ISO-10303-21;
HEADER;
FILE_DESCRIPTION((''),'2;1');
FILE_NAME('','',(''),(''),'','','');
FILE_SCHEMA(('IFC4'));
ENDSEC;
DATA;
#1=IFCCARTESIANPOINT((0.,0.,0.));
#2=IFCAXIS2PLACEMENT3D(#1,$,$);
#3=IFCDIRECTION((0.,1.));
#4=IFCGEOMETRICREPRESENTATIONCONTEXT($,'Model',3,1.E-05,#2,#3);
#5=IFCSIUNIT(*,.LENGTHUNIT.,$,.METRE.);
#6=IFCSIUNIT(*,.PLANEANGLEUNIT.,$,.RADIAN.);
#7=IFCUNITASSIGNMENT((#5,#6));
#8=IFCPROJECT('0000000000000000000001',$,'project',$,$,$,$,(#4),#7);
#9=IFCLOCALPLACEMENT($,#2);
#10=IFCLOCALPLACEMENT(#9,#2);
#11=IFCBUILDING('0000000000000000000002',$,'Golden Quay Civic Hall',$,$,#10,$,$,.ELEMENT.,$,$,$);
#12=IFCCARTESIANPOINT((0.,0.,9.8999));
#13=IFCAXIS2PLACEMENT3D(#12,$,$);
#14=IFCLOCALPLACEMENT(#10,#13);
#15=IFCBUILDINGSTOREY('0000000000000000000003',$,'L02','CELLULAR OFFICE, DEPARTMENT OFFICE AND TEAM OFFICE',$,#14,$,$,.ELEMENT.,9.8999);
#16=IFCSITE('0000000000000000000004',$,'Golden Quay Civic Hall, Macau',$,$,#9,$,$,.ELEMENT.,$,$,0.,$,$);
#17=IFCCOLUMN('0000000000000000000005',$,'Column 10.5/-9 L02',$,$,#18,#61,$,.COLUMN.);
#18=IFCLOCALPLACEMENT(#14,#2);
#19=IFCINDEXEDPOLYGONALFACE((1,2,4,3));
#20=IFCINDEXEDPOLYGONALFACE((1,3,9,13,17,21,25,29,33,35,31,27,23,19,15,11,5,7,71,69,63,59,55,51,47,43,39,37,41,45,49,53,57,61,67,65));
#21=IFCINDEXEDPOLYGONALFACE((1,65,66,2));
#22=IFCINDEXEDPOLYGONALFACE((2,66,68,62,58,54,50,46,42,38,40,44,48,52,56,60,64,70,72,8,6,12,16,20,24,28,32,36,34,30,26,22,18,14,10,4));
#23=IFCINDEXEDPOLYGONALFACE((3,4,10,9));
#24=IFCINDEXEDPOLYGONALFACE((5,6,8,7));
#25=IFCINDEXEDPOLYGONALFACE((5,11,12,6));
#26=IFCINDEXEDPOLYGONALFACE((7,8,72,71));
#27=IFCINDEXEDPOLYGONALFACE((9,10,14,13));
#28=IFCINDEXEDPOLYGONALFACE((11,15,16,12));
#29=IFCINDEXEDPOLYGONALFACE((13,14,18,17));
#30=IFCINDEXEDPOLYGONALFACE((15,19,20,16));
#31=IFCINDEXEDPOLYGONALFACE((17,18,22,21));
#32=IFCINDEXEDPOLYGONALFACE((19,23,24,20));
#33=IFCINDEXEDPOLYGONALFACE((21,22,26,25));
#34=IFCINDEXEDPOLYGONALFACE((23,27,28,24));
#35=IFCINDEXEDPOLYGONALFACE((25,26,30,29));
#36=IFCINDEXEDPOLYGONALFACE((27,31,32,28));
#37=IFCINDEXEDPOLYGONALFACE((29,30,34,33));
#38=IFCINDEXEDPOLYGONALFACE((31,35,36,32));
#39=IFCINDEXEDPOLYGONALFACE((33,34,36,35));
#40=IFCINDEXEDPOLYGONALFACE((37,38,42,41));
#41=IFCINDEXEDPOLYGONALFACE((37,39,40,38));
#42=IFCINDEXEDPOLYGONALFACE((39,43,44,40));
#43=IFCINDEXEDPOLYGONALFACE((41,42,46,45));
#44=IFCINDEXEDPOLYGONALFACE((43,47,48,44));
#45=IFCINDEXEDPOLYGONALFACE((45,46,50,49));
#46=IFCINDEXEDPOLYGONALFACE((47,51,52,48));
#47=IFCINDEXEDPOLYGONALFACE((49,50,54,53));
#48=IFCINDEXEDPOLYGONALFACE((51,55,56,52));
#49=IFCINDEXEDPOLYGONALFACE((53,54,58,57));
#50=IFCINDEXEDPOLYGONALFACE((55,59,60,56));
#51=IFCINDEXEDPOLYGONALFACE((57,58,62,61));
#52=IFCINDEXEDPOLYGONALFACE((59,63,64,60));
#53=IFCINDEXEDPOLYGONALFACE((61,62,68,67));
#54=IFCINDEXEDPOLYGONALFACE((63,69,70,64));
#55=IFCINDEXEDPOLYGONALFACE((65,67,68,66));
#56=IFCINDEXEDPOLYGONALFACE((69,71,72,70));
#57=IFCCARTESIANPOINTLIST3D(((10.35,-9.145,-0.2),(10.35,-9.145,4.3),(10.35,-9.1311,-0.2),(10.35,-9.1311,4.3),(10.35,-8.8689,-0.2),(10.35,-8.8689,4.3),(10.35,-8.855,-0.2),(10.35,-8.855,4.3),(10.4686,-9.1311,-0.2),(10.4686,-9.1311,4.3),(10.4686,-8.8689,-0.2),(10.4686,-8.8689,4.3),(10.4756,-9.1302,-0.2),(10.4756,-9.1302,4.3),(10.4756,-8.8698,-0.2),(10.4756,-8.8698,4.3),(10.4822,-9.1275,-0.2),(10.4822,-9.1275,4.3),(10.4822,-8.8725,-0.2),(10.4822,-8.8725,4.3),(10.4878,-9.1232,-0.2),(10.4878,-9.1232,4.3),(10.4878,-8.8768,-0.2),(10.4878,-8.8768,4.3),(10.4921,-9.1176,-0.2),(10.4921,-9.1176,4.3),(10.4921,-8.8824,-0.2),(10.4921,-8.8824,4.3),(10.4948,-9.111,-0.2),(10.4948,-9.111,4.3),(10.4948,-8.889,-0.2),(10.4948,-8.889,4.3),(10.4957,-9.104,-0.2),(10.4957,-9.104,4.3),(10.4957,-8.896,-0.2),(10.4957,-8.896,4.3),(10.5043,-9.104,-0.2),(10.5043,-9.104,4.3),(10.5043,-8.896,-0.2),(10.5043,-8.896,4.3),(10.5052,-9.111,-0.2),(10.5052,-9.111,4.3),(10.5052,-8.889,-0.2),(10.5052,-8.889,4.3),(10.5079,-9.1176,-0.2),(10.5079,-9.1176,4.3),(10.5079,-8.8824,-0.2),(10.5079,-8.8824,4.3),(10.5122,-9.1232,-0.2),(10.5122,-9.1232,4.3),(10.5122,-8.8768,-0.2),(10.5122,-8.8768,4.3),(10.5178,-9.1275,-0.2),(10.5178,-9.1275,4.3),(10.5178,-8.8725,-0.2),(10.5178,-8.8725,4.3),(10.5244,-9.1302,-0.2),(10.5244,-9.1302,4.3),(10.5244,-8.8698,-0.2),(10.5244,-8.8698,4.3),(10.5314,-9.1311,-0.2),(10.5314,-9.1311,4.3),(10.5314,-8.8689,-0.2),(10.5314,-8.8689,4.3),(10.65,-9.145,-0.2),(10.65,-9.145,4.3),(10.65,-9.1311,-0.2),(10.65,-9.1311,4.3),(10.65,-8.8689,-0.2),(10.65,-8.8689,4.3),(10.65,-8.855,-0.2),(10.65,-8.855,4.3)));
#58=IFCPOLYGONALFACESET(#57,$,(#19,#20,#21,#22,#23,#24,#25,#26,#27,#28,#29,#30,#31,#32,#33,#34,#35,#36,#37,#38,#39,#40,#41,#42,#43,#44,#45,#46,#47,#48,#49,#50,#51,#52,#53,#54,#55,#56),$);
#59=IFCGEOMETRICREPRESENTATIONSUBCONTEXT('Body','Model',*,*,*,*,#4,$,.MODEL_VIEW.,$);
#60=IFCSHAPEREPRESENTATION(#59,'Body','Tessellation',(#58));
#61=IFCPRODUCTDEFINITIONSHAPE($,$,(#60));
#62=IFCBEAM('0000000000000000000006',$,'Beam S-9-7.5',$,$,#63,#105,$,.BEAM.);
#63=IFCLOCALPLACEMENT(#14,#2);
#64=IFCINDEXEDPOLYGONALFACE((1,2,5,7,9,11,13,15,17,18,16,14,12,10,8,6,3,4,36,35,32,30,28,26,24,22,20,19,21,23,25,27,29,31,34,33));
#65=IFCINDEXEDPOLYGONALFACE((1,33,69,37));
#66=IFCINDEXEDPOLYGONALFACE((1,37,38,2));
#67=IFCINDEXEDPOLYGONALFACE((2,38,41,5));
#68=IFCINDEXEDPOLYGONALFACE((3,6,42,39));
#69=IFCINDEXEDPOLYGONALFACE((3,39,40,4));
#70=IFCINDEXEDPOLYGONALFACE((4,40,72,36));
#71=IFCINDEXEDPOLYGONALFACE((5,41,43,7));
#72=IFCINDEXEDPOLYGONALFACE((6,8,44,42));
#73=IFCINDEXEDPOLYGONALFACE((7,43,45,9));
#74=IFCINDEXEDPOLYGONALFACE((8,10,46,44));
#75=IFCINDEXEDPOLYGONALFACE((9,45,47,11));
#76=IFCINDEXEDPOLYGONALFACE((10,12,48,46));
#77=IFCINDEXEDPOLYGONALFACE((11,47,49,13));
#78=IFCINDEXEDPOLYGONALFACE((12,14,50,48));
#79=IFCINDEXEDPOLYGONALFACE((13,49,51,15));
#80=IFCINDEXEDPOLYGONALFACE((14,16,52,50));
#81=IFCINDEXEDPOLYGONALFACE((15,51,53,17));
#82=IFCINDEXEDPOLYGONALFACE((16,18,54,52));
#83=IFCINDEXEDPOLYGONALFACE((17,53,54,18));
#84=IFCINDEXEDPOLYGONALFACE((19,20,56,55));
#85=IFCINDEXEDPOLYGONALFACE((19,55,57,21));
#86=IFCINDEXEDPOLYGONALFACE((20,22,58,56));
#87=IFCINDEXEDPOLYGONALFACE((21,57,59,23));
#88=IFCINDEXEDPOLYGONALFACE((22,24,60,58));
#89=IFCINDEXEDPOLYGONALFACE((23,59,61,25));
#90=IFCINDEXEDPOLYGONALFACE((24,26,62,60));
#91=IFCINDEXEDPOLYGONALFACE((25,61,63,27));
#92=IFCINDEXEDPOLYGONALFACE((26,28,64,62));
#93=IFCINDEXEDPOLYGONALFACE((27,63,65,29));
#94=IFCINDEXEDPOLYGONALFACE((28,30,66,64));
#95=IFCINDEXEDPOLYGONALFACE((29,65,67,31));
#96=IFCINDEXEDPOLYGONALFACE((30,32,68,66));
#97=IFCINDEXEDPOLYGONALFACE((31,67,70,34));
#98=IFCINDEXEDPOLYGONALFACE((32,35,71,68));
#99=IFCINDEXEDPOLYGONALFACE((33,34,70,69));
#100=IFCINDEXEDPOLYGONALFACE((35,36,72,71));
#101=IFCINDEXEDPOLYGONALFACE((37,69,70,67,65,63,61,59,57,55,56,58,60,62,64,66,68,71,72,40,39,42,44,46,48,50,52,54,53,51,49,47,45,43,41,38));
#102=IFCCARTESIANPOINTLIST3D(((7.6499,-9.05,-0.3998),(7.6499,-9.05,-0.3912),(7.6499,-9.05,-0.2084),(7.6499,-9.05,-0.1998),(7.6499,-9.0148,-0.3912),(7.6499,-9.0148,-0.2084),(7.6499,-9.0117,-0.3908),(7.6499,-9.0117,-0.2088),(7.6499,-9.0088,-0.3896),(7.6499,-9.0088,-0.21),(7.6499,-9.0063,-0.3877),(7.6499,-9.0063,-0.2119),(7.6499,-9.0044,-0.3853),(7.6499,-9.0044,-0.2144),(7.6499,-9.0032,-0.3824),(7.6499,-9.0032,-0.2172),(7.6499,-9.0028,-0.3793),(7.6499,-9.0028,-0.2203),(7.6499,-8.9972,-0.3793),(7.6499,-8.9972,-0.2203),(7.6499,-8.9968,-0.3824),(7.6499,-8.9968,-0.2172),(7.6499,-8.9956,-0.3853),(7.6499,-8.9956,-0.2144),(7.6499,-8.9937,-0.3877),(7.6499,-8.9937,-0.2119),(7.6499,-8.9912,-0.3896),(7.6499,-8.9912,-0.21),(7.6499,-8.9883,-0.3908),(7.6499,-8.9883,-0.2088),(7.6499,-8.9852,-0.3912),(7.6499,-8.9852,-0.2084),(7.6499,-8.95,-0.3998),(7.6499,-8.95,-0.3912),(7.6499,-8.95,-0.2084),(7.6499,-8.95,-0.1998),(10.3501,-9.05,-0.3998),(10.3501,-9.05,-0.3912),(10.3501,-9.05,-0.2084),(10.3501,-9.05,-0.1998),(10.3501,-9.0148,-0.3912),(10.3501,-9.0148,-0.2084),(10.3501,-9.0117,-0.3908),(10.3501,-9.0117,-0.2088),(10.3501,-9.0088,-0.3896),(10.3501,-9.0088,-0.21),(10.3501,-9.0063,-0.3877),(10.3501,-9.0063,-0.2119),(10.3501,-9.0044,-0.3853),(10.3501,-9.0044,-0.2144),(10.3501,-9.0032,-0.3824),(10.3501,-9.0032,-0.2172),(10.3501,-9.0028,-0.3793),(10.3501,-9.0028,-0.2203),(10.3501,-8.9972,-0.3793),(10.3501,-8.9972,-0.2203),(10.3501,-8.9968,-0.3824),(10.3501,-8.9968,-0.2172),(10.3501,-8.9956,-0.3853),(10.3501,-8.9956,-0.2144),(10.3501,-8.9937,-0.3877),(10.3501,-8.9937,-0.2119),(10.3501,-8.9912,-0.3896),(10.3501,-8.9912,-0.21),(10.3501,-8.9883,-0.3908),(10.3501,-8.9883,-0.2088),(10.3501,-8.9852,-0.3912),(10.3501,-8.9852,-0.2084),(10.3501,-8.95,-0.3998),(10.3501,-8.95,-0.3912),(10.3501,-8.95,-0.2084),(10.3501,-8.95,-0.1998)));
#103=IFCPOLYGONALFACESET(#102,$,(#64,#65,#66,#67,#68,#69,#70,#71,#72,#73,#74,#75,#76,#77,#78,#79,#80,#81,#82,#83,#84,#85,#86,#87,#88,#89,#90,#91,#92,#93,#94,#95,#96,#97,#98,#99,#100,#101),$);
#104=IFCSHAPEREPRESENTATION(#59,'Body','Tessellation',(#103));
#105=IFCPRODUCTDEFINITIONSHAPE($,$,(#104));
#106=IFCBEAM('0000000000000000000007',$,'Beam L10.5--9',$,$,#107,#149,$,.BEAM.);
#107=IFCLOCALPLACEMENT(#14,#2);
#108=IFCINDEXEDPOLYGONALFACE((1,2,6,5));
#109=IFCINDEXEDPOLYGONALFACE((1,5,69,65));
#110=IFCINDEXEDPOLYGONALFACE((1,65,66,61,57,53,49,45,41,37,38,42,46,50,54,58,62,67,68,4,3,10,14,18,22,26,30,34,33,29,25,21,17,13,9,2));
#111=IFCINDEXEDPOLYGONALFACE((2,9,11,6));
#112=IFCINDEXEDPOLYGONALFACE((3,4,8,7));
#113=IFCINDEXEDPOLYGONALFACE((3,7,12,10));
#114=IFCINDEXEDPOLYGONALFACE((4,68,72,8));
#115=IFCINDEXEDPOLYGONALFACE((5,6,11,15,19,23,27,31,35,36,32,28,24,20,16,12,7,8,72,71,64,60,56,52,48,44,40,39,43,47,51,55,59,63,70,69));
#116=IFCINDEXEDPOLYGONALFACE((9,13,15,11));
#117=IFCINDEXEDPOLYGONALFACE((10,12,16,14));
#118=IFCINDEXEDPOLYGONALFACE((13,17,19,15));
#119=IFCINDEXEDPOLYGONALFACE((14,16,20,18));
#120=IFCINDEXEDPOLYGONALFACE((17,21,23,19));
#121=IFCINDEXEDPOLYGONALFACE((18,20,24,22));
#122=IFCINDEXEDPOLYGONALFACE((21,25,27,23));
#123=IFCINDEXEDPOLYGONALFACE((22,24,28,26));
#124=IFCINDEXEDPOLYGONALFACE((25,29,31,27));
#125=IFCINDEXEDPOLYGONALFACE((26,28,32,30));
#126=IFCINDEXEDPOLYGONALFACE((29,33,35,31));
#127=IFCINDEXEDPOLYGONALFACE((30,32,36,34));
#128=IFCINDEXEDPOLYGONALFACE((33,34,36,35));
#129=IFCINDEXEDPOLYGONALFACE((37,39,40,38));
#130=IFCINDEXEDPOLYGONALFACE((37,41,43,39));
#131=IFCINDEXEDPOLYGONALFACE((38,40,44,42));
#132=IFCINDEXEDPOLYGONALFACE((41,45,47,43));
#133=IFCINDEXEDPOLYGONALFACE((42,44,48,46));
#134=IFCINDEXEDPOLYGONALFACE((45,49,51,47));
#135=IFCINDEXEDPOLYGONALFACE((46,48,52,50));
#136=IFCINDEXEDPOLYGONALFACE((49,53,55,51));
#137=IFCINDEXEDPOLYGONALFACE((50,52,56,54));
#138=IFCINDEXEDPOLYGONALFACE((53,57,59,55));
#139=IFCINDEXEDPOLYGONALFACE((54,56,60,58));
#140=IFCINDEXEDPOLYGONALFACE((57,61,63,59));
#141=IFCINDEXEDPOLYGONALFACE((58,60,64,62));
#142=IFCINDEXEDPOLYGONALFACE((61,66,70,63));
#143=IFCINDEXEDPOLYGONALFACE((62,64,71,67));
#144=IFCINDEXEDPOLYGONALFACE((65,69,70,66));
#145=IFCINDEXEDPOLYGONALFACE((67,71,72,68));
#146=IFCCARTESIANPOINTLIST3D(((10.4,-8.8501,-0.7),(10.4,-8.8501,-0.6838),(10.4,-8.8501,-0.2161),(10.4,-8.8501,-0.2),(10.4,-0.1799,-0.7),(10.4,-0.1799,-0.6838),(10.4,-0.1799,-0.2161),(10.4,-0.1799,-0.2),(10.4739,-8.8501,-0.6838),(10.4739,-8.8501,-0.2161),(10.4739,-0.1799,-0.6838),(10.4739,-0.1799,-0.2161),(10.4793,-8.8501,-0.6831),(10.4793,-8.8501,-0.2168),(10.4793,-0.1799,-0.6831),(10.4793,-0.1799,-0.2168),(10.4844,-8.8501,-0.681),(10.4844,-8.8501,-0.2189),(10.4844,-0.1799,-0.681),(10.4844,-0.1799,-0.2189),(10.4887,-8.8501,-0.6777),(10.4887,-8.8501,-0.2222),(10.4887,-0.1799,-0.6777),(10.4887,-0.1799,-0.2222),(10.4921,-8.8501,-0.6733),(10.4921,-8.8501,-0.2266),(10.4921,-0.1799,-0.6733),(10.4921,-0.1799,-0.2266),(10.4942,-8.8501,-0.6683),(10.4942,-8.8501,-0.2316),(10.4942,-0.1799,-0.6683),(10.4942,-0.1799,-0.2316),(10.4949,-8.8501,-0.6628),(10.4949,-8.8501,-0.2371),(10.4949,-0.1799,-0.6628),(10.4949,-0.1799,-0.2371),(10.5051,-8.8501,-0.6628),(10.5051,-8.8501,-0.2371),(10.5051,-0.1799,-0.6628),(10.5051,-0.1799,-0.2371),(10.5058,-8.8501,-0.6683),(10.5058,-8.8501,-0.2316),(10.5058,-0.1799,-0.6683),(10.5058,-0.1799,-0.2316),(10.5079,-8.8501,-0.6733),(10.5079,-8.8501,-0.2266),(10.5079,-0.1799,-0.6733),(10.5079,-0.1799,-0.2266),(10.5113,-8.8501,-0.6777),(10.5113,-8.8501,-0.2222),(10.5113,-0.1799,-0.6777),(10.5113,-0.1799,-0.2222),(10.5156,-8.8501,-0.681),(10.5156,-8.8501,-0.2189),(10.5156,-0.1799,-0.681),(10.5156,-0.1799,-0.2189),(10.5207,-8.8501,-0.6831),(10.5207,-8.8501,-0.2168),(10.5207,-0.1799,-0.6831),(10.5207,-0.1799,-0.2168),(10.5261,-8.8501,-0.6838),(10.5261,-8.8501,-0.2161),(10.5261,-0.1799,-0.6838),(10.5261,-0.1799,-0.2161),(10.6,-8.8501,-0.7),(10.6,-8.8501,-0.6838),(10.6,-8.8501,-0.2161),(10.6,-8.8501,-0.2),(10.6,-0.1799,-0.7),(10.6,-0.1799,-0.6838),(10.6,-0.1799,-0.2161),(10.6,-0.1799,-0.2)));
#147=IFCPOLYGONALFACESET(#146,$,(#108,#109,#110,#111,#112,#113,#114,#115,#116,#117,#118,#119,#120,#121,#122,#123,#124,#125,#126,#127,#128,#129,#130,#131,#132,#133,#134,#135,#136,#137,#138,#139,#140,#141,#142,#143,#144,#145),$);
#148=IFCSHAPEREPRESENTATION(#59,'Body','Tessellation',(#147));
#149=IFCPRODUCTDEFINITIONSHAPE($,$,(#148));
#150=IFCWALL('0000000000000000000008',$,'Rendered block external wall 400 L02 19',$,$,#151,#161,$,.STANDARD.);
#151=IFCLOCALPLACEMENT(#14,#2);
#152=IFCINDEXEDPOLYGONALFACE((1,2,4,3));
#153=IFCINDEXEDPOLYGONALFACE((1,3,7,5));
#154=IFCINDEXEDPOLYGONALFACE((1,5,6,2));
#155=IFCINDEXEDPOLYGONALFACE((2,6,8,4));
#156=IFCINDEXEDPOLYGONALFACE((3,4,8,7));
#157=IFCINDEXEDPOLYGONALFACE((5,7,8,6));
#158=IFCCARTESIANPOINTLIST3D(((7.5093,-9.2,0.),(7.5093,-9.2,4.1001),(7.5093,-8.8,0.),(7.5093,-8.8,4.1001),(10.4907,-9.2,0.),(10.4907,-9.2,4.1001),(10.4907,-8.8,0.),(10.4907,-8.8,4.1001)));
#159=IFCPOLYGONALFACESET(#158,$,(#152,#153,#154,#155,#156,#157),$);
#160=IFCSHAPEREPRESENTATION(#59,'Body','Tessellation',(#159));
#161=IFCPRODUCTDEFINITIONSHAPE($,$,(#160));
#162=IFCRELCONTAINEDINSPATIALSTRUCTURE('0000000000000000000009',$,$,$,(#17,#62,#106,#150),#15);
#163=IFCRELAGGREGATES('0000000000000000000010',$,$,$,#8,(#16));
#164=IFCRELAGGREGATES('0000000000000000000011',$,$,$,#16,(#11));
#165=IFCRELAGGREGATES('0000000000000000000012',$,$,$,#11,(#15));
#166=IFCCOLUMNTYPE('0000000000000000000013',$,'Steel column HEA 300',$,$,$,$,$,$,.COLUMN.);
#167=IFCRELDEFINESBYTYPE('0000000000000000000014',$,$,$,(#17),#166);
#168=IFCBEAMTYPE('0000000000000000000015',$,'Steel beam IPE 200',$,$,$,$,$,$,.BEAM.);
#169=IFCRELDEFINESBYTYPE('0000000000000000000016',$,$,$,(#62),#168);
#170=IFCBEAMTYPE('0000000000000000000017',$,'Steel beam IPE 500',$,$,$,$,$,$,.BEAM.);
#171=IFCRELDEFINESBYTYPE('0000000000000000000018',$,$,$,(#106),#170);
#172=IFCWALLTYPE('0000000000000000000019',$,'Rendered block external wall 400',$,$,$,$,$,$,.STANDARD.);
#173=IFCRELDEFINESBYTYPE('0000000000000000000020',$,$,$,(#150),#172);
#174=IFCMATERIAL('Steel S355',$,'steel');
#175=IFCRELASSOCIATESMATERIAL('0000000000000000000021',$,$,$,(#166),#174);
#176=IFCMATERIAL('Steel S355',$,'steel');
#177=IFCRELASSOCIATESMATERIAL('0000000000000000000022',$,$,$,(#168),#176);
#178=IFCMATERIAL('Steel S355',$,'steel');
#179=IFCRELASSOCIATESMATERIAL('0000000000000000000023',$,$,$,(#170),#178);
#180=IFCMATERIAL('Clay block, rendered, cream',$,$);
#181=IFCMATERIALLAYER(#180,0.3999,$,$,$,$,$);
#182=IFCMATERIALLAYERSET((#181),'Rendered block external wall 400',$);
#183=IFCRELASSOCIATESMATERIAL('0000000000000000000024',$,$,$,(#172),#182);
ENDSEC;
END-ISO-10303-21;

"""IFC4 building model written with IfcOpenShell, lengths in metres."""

from ifc_helpers import new_model, si_unit, direction, frame, frame_2d, origin, origin_2d, place, context, subcontext, project, spatial, rectangle, i_section, extrude, material, layer, layer_set, material_profile, profile_set, type_object, element, save


model = new_model("IFC4")

# Units and contexts
model_context = context("Model", 3, precision=1e-05, world=origin(), true_north=direction((0.0, 1.0)))
body_context = subcontext(model_context, "Body", "Model", "MODEL_VIEW")
ifc_project = project(units=[si_unit("LENGTHUNIT", "METRE"), si_unit("PLANEANGLEUNIT", "RADIAN")], contexts=[model_context])

# Site, building, storey
site_placement = place(None, origin())
site = spatial("IfcSite", under=ifc_project, at=site_placement, Name="Golden Quay Civic Hall, Macau", CompositionType="ELEMENT", RefElevation=0.0)
building_placement = place(site_placement, origin())
building = spatial("IfcBuilding", under=site, at=building_placement, Name="Golden Quay Civic Hall", CompositionType="ELEMENT")
storey_placement = place(building_placement, frame((0.0, 0.0, 9.8999)))
storey = spatial("IfcBuildingStorey", under=building, at=storey_placement, Name="L02", Description="CELLULAR OFFICE, DEPARTMENT OFFICE AND TEAM OFFICE", CompositionType="ELEMENT", Elevation=9.8999)

# Column
ifc_material_1 = material(Name="Steel S355", Category="steel")
ifc_material_profile_1 = material_profile(ifc_material_1, i_section(OverallWidth=0.3, OverallDepth=0.29, WebThickness=0.0085, FlangeThickness=0.0139, FilletRadius=0.0271, at=origin_2d()), Name="HEA 300")
ifc_profile_set_1 = profile_set([ifc_material_profile_1], Name="Steel S355")
column_type = type_object("IfcColumnType", Name="Steel column HEA 300", PredefinedType="COLUMN", material=ifc_profile_set_1)
column_placement = place(storey_placement, frame((10.5, -9.0, -0.2), z_axis=(0.0, 0.0, 1.0), x_axis=(1.0, 0.0, 0.0)))
element("IfcColumn", 1, at=column_placement, inside=storey, type_object=column_type, Name="Column 10.5/-9 L02", PredefinedType="COLUMN", context=body_context, shape_type="SweptSolid", body=[
    extrude(i_section(OverallWidth=0.3, OverallDepth=0.29, WebThickness=0.0085, FlangeThickness=0.0139, FilletRadius=0.0271, at=origin_2d()), origin(), (0.0, 0.0, 1.0), 4.5),
])

# Beams
ifc_material_2 = material(Name="Steel S355", Category="steel")
ifc_material_profile_2 = material_profile(ifc_material_2, i_section(OverallWidth=0.1001, OverallDepth=0.2, WebThickness=0.0056, FlangeThickness=0.0085, FilletRadius=0.012, at=origin_2d()), Name="IPE 200")
ifc_profile_set_2 = profile_set([ifc_material_profile_2], Name="Steel S355")
beam_type_1 = type_object("IfcBeamType", Name="Steel beam IPE 200", PredefinedType="BEAM", material=ifc_profile_set_2)
beam_1_placement = place(storey_placement, frame((7.6499, -9.0, -0.2998), z_axis=(1.0, 0.0, 0.0), x_axis=(0.0, 1.0, 0.0)))
element("IfcBeam", 2, at=beam_1_placement, inside=storey, type_object=beam_type_1, Name="Beam S-9-7.5", PredefinedType="BEAM", context=body_context, shape_type="SweptSolid", body=[
    extrude(i_section(OverallWidth=0.1001, OverallDepth=0.2, WebThickness=0.0056, FlangeThickness=0.0085, FilletRadius=0.012, at=origin_2d()), origin(), (0.0, 0.0, 1.0), 2.7002),
])
ifc_material_3 = material(Name="Steel S355", Category="steel")
ifc_material_profile_3 = material_profile(ifc_material_3, i_section(OverallWidth=0.2, OverallDepth=0.5, WebThickness=0.0103, FlangeThickness=0.0161, FilletRadius=0.021, at=origin_2d()), Name="IPE 500")
ifc_profile_set_3 = profile_set([ifc_material_profile_3], Name="Steel S355")
beam_type_2 = type_object("IfcBeamType", Name="Steel beam IPE 500", PredefinedType="BEAM", material=ifc_profile_set_3)
beam_2_placement = place(storey_placement, frame((10.5, -8.8501, -0.45), z_axis=(0.0, 1.0, 0.0), x_axis=(-1.0, 0.0, 0.0)))
element("IfcBeam", 3, at=beam_2_placement, inside=storey, type_object=beam_type_2, Name="Beam L10.5--9", PredefinedType="BEAM", context=body_context, shape_type="SweptSolid", body=[
    extrude(i_section(OverallWidth=0.2, OverallDepth=0.5, WebThickness=0.0103, FlangeThickness=0.0161, FilletRadius=0.021, at=origin_2d()), origin(), (0.0, 0.0, 1.0), 8.6702),
])

# Wall
ifc_material_4 = material(Name="Clay block, rendered, cream")
ifc_layer_1 = layer(ifc_material_4, 0.3999)
ifc_layer_set_1 = layer_set([ifc_layer_1], Name="Rendered block external wall 400")
wall_type = type_object("IfcWallType", Name="Rendered block external wall 400", PredefinedType="STANDARD", material=ifc_layer_set_1)
wall_placement = place(storey_placement, frame((10.4907, -9.0, 0.0), z_axis=(0.0, 0.0, 1.0), x_axis=(-1.0, 0.0, 0.0)))
element("IfcWall", 4, at=wall_placement, inside=storey, type_object=wall_type, Name="Rendered block external wall 400 L02 19", PredefinedType="STANDARD", context=body_context, shape_type="SweptSolid", body=[
    extrude(rectangle(XDim=2.9814, YDim=0.3999, at=frame_2d((1.4907, 0.0))), origin(), (0.0, 0.0, 1.0), 4.1001),
])

save(model, "model.ifc")
